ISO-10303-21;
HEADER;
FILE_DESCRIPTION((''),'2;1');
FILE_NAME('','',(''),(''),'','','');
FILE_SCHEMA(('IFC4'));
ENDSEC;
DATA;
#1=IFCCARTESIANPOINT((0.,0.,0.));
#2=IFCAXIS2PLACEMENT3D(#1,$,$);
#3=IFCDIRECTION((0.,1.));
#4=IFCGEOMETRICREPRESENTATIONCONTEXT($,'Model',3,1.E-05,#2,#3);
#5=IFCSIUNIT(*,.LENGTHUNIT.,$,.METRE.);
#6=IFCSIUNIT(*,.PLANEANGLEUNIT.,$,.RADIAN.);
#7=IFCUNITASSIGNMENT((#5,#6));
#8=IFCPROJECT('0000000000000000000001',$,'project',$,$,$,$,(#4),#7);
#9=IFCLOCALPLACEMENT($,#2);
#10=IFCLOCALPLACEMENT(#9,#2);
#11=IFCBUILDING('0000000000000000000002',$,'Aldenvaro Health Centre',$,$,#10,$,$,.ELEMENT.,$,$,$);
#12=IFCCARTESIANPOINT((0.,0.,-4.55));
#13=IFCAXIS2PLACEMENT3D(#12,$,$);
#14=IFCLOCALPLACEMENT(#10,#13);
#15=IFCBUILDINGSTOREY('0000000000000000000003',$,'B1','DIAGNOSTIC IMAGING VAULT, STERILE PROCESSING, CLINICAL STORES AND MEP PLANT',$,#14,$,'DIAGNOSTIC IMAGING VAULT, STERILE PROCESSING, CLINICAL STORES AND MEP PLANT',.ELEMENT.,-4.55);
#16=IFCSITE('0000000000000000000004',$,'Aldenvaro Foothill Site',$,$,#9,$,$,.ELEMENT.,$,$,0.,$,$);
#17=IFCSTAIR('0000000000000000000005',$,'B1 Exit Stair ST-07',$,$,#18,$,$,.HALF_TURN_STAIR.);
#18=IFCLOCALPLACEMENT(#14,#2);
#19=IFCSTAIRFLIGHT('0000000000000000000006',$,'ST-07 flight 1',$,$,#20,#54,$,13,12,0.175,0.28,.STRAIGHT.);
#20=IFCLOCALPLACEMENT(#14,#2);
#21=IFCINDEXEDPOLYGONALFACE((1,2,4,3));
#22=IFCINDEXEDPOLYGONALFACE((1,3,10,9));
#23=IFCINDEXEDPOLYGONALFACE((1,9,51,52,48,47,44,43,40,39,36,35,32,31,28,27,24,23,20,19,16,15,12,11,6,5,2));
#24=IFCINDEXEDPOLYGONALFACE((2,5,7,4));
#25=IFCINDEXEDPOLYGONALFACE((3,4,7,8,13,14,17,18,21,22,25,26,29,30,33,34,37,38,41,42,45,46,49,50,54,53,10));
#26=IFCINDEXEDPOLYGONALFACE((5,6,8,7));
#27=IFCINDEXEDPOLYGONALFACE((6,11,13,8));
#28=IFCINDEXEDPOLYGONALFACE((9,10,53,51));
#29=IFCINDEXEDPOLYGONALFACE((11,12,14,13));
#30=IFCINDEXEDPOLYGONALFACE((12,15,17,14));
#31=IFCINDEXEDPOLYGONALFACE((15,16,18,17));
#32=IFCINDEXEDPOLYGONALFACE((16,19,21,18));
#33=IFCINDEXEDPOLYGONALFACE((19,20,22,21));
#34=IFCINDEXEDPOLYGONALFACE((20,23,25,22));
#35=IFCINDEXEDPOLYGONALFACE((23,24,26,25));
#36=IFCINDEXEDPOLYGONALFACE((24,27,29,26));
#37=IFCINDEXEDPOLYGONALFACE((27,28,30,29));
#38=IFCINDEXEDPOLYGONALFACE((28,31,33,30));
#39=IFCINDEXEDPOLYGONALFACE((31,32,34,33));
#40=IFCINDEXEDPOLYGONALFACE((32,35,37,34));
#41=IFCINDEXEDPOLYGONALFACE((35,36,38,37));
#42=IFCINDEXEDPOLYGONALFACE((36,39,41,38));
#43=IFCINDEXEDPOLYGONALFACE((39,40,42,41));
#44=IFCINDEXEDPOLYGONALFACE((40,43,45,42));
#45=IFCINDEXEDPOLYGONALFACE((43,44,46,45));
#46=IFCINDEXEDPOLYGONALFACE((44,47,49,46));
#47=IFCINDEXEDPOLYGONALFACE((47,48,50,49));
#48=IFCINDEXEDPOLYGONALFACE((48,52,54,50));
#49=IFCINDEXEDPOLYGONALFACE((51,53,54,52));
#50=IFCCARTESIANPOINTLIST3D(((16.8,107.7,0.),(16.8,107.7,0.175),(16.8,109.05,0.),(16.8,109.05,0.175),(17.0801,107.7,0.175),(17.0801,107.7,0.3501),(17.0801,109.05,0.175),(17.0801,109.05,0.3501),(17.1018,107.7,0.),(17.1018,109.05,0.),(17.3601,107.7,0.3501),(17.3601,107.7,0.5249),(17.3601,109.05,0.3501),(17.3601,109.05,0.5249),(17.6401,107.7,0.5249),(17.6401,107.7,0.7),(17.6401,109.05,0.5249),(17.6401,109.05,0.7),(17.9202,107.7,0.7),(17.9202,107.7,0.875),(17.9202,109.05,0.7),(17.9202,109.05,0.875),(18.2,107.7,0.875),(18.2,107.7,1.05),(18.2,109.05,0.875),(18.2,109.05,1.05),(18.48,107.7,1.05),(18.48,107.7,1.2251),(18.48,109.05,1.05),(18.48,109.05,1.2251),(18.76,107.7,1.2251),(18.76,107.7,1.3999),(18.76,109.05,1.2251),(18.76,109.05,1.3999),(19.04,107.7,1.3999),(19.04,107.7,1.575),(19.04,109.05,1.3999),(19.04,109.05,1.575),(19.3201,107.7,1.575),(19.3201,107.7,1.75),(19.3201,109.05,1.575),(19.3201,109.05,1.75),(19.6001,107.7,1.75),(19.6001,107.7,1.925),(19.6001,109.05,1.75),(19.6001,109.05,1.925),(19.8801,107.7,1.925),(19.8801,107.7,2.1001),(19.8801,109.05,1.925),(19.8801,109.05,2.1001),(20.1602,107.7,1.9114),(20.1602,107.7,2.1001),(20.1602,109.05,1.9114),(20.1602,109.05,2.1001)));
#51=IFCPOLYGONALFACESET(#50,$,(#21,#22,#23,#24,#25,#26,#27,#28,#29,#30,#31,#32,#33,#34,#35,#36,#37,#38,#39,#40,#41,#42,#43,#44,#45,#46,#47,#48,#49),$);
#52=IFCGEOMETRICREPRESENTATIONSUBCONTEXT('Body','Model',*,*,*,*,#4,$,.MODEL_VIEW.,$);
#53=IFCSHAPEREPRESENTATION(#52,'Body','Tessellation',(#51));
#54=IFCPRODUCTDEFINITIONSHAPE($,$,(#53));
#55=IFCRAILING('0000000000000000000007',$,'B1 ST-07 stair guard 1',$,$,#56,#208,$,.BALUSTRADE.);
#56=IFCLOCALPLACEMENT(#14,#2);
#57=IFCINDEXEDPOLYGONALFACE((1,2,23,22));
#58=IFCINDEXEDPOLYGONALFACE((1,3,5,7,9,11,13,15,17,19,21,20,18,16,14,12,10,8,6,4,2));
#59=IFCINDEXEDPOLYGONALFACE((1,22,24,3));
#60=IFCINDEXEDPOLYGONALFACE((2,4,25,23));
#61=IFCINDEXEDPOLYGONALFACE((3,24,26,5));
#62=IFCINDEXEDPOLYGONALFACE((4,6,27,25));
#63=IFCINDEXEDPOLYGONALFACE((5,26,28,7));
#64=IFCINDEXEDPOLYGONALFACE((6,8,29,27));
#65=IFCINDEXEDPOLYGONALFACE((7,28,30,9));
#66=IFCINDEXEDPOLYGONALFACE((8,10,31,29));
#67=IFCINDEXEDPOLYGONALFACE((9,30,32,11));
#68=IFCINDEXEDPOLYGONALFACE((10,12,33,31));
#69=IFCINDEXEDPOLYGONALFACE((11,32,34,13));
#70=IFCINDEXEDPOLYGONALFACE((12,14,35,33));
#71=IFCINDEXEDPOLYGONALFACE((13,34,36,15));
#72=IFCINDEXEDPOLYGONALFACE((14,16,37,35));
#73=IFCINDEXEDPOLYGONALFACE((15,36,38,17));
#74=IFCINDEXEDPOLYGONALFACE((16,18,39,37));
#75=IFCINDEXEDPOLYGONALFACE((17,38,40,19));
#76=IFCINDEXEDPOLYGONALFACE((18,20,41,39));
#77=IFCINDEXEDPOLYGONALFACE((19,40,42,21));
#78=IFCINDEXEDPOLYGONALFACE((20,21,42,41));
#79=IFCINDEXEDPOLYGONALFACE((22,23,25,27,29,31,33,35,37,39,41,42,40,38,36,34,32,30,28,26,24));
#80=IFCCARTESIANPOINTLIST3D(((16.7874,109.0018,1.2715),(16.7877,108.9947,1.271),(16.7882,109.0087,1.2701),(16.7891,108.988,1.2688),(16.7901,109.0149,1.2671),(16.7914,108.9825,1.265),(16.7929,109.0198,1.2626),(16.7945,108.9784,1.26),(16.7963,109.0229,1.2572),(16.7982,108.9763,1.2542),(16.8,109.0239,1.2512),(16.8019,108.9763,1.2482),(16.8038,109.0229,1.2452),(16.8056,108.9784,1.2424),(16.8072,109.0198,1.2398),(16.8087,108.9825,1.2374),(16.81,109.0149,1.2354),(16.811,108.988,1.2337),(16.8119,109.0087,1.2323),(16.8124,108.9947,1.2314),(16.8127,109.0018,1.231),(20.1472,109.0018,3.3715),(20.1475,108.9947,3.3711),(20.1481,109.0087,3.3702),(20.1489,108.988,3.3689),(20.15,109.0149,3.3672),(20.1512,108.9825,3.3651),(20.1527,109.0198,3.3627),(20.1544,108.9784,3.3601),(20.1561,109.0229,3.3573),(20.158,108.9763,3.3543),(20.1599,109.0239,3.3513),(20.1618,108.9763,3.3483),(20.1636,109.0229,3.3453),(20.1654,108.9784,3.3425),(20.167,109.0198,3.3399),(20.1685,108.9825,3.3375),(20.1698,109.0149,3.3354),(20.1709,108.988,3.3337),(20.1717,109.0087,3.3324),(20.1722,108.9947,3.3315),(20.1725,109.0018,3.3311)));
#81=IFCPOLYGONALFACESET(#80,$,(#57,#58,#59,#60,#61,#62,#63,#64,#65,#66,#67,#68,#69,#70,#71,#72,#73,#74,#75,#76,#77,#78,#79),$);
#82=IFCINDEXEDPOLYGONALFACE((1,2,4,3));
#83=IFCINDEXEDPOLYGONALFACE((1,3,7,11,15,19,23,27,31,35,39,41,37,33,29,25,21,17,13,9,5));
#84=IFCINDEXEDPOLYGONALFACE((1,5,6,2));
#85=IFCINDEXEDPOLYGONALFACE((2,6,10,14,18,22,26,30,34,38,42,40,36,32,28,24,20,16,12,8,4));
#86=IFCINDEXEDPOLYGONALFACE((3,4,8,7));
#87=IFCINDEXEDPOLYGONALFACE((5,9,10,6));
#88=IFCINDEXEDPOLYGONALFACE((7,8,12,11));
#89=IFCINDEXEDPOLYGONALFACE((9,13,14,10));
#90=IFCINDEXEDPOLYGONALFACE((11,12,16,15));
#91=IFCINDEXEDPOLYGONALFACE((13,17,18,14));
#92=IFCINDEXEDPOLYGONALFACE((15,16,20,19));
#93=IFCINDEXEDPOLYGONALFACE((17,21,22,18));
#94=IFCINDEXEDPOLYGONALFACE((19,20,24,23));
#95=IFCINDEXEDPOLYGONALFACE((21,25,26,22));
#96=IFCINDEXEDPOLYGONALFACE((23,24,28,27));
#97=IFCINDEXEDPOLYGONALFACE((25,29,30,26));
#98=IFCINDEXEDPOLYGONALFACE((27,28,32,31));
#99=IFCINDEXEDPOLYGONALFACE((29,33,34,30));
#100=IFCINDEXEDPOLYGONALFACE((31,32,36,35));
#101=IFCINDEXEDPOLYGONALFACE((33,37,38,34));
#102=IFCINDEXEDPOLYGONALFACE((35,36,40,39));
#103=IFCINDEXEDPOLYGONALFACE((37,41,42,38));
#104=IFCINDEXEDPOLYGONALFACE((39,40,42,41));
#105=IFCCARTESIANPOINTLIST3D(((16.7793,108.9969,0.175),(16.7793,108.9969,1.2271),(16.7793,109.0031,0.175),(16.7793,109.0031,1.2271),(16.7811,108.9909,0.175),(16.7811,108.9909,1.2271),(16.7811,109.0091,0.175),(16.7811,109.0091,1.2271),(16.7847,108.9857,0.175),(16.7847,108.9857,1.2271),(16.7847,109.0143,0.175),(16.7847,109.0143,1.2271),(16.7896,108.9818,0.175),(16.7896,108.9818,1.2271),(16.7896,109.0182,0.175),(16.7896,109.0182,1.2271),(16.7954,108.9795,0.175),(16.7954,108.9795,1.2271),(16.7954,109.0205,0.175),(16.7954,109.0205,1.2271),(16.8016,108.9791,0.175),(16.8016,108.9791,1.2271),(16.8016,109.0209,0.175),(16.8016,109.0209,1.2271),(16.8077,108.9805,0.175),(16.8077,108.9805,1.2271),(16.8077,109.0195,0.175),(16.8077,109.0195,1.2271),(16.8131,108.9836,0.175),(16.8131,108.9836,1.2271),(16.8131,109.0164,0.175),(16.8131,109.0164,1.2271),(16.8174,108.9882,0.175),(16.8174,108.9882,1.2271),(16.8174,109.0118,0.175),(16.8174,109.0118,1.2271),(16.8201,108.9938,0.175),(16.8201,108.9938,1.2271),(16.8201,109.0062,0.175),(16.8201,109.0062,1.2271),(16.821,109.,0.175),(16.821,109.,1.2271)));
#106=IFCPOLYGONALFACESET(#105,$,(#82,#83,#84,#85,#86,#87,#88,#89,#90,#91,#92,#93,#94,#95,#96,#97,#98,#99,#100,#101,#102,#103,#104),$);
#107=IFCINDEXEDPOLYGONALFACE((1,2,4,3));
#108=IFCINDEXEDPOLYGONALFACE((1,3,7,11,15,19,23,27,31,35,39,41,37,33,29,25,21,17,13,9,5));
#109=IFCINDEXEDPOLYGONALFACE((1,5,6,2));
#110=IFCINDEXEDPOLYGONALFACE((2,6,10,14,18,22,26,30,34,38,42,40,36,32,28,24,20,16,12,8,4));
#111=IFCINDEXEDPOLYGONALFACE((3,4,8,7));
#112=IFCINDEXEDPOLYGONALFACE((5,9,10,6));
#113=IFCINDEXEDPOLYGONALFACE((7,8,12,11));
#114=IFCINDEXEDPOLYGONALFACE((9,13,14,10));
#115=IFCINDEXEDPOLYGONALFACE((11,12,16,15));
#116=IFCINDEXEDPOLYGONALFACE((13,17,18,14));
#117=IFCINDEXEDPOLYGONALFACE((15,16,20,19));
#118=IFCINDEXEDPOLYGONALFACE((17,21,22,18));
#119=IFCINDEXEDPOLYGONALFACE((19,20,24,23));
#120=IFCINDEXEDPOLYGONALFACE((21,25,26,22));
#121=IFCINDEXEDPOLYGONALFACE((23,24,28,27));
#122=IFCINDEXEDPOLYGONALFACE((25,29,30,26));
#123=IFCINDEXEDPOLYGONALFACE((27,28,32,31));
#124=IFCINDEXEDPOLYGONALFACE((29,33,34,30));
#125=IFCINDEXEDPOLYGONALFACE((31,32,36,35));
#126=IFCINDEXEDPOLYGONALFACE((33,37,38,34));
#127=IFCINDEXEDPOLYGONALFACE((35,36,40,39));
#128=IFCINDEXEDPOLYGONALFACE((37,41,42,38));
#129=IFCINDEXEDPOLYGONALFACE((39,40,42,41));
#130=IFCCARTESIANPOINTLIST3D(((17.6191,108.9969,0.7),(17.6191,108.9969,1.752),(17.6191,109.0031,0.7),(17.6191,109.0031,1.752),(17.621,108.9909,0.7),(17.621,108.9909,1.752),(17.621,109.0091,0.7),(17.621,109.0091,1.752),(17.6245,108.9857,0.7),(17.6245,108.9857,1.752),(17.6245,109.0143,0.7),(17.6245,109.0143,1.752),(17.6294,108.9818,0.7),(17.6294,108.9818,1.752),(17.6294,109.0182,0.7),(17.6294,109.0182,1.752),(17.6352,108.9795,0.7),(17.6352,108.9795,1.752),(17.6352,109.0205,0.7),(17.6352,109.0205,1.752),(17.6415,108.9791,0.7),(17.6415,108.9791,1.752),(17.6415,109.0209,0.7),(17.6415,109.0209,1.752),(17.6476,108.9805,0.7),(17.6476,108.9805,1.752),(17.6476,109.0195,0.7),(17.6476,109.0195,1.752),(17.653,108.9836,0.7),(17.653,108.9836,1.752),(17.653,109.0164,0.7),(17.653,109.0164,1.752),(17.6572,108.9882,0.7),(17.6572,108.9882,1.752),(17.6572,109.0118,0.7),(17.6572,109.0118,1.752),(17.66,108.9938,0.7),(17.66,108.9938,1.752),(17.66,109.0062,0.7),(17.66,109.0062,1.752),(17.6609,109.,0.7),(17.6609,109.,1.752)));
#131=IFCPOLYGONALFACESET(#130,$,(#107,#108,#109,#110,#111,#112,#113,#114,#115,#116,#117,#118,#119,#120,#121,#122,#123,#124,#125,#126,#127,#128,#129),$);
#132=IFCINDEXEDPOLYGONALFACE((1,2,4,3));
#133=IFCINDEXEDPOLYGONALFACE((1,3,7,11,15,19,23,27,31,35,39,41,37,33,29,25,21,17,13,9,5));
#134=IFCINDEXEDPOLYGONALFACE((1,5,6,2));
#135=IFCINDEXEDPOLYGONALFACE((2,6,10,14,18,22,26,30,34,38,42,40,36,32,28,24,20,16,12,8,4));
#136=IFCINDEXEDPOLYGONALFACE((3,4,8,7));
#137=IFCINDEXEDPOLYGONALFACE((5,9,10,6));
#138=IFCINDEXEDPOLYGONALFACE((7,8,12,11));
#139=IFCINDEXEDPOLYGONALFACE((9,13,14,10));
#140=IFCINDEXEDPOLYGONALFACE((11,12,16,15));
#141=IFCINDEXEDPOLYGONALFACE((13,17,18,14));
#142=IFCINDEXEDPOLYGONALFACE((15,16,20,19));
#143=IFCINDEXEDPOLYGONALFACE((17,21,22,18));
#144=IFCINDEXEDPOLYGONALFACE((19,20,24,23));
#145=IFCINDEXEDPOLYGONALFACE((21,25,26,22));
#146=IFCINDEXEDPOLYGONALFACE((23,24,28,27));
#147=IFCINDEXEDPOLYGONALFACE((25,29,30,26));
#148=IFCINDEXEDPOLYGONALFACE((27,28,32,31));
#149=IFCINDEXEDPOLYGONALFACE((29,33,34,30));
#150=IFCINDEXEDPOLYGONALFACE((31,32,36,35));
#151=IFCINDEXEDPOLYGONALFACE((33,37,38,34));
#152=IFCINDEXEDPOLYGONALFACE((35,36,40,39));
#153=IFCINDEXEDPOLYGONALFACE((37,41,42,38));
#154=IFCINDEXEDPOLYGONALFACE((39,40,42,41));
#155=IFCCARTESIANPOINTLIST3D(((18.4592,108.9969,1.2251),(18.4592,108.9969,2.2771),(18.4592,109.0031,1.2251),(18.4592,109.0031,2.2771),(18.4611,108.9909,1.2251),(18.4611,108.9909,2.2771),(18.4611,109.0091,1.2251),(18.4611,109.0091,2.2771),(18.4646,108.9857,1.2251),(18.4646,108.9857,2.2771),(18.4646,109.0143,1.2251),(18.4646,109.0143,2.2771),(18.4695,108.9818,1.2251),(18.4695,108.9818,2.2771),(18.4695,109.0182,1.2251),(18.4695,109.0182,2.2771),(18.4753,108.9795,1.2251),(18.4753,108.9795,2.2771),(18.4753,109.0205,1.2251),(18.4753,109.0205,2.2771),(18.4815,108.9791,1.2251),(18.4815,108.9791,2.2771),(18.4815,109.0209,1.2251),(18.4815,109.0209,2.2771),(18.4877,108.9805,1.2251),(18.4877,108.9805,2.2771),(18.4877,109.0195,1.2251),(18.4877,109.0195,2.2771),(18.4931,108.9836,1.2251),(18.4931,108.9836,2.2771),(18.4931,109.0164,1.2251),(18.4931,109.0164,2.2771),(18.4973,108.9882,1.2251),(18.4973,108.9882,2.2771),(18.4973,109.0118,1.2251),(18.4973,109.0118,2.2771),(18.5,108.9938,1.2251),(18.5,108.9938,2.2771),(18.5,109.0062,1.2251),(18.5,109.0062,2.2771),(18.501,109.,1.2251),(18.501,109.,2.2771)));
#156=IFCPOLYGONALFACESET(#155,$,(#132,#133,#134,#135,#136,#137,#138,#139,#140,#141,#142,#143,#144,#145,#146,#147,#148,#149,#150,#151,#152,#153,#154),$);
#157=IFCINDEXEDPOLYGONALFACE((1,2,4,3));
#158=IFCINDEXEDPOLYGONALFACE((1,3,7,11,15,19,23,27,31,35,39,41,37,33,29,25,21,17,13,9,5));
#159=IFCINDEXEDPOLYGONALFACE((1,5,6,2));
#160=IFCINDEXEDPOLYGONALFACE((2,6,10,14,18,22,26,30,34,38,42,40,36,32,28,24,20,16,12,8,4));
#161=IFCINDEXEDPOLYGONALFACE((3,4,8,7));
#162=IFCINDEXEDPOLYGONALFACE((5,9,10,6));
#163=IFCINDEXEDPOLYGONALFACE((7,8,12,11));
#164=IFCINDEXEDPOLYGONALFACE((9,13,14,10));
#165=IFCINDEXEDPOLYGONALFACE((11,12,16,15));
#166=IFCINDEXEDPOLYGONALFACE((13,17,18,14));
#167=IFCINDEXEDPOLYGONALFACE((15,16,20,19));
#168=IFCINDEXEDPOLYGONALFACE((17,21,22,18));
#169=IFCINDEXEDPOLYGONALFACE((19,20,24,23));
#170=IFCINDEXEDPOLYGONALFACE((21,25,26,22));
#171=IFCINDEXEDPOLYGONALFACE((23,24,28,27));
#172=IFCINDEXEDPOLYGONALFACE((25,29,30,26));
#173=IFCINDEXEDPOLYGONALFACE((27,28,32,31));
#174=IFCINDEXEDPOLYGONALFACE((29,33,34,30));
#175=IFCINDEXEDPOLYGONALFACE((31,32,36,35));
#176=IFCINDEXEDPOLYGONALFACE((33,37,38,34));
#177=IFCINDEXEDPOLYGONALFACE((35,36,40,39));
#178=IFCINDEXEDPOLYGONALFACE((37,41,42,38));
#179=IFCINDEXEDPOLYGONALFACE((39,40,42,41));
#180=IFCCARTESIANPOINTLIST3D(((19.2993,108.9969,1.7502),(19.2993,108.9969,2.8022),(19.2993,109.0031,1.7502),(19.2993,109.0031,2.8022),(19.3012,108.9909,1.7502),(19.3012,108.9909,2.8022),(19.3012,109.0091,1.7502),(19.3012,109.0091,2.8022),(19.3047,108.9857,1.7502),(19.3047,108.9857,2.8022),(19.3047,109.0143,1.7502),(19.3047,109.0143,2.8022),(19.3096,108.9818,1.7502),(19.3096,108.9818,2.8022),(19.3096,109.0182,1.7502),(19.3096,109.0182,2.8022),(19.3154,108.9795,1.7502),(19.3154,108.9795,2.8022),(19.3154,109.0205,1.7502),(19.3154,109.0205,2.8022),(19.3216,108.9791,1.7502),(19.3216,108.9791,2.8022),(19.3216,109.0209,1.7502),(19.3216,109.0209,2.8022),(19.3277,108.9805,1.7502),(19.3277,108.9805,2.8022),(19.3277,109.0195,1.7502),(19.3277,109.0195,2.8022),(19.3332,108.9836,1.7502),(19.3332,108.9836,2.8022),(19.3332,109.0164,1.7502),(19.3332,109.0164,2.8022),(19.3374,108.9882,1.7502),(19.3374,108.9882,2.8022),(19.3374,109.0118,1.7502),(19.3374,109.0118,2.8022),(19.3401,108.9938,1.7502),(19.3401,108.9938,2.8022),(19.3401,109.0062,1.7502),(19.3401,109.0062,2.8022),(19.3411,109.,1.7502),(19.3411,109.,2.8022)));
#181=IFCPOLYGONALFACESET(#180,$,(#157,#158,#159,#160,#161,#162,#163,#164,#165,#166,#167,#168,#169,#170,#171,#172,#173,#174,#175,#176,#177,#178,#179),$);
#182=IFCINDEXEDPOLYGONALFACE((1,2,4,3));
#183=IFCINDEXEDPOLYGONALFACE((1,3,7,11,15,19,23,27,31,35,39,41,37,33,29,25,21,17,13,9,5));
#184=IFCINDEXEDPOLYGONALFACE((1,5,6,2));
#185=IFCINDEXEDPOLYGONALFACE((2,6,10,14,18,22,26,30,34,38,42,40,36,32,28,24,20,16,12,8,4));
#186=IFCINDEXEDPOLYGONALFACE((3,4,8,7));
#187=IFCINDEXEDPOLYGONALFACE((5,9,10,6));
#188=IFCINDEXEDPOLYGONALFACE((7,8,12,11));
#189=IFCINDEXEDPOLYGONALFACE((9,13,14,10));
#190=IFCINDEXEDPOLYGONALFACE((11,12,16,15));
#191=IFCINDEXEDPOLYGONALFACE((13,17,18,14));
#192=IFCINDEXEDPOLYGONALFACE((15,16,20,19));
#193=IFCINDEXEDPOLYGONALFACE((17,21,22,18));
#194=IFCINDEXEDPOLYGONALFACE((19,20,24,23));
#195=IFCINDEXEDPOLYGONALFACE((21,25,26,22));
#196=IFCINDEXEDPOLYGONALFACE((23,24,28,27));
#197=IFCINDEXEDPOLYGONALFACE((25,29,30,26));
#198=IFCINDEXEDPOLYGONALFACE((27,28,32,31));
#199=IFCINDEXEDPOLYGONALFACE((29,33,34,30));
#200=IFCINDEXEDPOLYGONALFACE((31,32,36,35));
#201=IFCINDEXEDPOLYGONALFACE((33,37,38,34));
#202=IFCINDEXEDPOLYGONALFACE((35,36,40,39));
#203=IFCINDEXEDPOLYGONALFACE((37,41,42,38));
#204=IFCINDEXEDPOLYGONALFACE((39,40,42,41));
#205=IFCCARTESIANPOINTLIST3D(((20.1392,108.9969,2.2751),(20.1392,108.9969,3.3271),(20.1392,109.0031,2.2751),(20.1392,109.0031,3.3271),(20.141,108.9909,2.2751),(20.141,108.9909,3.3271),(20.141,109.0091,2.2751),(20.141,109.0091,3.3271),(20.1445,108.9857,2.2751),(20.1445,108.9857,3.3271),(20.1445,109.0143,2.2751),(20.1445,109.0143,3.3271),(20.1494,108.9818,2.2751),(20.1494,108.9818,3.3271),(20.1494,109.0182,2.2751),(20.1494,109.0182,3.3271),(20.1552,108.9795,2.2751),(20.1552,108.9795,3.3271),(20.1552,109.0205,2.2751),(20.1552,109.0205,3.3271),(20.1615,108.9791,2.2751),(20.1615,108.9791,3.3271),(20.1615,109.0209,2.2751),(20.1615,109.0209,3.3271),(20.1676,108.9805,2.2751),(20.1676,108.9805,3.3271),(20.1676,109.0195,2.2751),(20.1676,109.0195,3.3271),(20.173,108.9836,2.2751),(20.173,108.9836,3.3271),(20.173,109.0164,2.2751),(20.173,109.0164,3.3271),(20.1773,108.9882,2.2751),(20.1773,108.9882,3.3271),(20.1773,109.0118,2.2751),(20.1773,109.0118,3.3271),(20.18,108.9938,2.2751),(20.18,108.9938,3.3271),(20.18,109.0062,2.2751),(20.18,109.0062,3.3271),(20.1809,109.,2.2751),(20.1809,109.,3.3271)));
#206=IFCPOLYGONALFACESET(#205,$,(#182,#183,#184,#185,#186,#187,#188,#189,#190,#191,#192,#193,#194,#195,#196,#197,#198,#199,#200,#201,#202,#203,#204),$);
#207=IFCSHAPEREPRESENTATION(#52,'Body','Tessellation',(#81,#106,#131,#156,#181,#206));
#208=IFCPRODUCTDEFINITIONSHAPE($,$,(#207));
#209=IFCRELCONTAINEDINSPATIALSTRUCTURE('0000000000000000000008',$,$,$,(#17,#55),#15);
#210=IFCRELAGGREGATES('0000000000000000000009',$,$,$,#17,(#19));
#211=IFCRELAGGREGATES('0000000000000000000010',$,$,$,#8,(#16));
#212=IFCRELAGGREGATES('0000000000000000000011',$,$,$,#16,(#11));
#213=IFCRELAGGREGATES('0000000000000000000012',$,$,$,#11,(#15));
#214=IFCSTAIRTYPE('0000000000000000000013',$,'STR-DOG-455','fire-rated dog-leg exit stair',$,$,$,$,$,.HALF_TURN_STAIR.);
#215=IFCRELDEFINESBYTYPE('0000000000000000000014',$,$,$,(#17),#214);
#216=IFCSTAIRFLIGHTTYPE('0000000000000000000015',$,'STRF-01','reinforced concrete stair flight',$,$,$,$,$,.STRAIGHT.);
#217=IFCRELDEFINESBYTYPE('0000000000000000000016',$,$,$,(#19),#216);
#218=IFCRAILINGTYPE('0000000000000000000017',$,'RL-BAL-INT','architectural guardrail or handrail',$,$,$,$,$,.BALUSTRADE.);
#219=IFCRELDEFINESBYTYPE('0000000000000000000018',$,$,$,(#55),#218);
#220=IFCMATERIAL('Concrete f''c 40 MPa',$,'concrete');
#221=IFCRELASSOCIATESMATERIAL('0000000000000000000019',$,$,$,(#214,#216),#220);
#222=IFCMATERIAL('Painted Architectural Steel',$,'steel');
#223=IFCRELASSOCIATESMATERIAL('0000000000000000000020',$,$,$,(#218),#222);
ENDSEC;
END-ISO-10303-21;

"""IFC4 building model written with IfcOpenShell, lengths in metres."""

from ifc_helpers import new_model, si_unit, direction, frame, origin, origin_2d, place, context, subcontext, project, spatial, polyline, circle, outline, extrude, material, type_object, element, aggregate, save


model = new_model("IFC4")

# Units and contexts
model_context = context("Model", 3, precision=1e-05, world=origin(), true_north=direction((0.0, 1.0)))
body_context = subcontext(model_context, "Body", "Model", "MODEL_VIEW")
ifc_project = project(units=[si_unit("LENGTHUNIT", "METRE"), si_unit("PLANEANGLEUNIT", "RADIAN")], contexts=[model_context])

# Site, building, storey
site_placement = place(None, origin())
site = spatial("IfcSite", under=ifc_project, at=site_placement, Name="Aldenvaro Foothill Site", CompositionType="ELEMENT", RefElevation=0.0)
building_placement = place(site_placement, origin())
building = spatial("IfcBuilding", under=site, at=building_placement, Name="Aldenvaro Health Centre", CompositionType="ELEMENT")
storey_placement = place(building_placement, frame((0.0, 0.0, -4.55)))
storey = spatial("IfcBuildingStorey", under=building, at=storey_placement, Name="B1", Description="DIAGNOSTIC IMAGING VAULT, STERILE PROCESSING, CLINICAL STORES AND MEP PLANT", LongName="DIAGNOSTIC IMAGING VAULT, STERILE PROCESSING, CLINICAL STORES AND MEP PLANT", CompositionType="ELEMENT", Elevation=-4.55)

# Shared definitions
ifc_material_1 = material(Name="Concrete f'c 40 MPa", Category="concrete")

# Stair, stair flight
stair_type = type_object("IfcStairType", Name="STR-DOG-455", Description="fire-rated dog-leg exit stair", PredefinedType="HALF_TURN_STAIR", material=ifc_material_1)
stair_placement = place(storey_placement, origin())
stair = element("IfcStair", 1, at=stair_placement, inside=storey, type_object=stair_type, Name="B1 Exit Stair ST-07", PredefinedType="HALF_TURN_STAIR")
stair_flight_type = type_object("IfcStairFlightType", Name="STRF-01", Description="reinforced concrete stair flight", PredefinedType="STRAIGHT", material=ifc_material_1)
stair_flight_placement = place(storey_placement, frame((16.8, 108.375, 0.0), z_axis=(0.0, 0.0, 1.0), x_axis=(1.0, 0.0, 0.0)))
stair_flight = element("IfcStairFlight", 2, at=stair_flight_placement, type_object=stair_flight_type, Name="ST-07 flight 1", NumberOfRisers=13, NumberOfTreads=12, PredefinedType="STRAIGHT", RiserHeight=0.175, TreadLength=0.28, context=body_context, shape_type="SweptSolid", body=[
    extrude(outline(polyline([(0.0, 0.0), (0.0, 0.175), (0.28, 0.175), (0.28, 0.3501), (0.5601, 0.3501), (0.5601, 0.5249), (0.8401, 0.5249), (0.8401, 0.7), (1.1201, 0.7), (1.1201, 0.875), (1.3999, 0.875), (1.3999, 1.05), (1.6799, 1.05), (1.6799, 1.2251), (1.96, 1.2251), (1.96, 1.3999), (2.24, 1.3999), (2.24, 1.575), (2.52, 1.575), (2.52, 1.75), (2.8, 1.75), (2.8, 1.925), (3.0801, 1.925), (3.0801, 2.1001), (3.3601, 2.1001), (3.3601, 2.2749), (3.3601, 1.9114), (0.3018, 0.0), (0.0, 0.0)])), frame((0.0, 0.675, 0.0), z_axis=(0.0, -1.0, 0.0), x_axis=(1.0, 0.0, 0.0)), (0.0, 0.0, 1.0), 1.3501),
])
aggregate(stair, [stair_flight])

# Railing
ifc_material_2 = material(Name="Painted Architectural Steel", Category="steel")
railing_type_1 = type_object("IfcRailingType", Name="RL-BAL-INT", Description="architectural guardrail or handrail", PredefinedType="BALUSTRADE", material=ifc_material_2)
railing_1_placement = place(storey_placement, frame((16.8, 109.0, 0.175)))
element("IfcRailing", 3, at=railing_1_placement, inside=storey, type_object=railing_type_1, Name="B1 ST-07 stair guard 1", PredefinedType="BALUSTRADE", context=body_context, shape_type="SweptSolid", body=[
    extrude(circle(Radius=0.0239, at=origin_2d()), frame((0.0, 0.0, 1.0762), z_axis=(0.847978, 0.0, 0.530032), x_axis=(0.0, 1.0, 0.0)), (0.0, 0.0, 1.0), 3.9622),
    extrude(circle(Radius=0.021, at=origin_2d()), origin(), (0.0, 0.0, 1.0), 1.052),
    extrude(circle(Radius=0.021, at=origin_2d()), frame((0.8398, 0.0, 0.5249)), (0.0, 0.0, 1.0), 1.052),
    extrude(circle(Radius=0.021, at=origin_2d()), frame((1.6799, 0.0, 1.05)), (0.0, 0.0, 1.0), 1.052),
    extrude(circle(Radius=0.021, at=origin_2d()), frame((2.52, 0.0, 1.5752)), (0.0, 0.0, 1.0), 1.052),
    extrude(circle(Radius=0.021, at=origin_2d()), frame((3.3599, 0.0, 2.1001)), (0.0, 0.0, 1.0), 1.052),
])

save(model, "model.ifc")
